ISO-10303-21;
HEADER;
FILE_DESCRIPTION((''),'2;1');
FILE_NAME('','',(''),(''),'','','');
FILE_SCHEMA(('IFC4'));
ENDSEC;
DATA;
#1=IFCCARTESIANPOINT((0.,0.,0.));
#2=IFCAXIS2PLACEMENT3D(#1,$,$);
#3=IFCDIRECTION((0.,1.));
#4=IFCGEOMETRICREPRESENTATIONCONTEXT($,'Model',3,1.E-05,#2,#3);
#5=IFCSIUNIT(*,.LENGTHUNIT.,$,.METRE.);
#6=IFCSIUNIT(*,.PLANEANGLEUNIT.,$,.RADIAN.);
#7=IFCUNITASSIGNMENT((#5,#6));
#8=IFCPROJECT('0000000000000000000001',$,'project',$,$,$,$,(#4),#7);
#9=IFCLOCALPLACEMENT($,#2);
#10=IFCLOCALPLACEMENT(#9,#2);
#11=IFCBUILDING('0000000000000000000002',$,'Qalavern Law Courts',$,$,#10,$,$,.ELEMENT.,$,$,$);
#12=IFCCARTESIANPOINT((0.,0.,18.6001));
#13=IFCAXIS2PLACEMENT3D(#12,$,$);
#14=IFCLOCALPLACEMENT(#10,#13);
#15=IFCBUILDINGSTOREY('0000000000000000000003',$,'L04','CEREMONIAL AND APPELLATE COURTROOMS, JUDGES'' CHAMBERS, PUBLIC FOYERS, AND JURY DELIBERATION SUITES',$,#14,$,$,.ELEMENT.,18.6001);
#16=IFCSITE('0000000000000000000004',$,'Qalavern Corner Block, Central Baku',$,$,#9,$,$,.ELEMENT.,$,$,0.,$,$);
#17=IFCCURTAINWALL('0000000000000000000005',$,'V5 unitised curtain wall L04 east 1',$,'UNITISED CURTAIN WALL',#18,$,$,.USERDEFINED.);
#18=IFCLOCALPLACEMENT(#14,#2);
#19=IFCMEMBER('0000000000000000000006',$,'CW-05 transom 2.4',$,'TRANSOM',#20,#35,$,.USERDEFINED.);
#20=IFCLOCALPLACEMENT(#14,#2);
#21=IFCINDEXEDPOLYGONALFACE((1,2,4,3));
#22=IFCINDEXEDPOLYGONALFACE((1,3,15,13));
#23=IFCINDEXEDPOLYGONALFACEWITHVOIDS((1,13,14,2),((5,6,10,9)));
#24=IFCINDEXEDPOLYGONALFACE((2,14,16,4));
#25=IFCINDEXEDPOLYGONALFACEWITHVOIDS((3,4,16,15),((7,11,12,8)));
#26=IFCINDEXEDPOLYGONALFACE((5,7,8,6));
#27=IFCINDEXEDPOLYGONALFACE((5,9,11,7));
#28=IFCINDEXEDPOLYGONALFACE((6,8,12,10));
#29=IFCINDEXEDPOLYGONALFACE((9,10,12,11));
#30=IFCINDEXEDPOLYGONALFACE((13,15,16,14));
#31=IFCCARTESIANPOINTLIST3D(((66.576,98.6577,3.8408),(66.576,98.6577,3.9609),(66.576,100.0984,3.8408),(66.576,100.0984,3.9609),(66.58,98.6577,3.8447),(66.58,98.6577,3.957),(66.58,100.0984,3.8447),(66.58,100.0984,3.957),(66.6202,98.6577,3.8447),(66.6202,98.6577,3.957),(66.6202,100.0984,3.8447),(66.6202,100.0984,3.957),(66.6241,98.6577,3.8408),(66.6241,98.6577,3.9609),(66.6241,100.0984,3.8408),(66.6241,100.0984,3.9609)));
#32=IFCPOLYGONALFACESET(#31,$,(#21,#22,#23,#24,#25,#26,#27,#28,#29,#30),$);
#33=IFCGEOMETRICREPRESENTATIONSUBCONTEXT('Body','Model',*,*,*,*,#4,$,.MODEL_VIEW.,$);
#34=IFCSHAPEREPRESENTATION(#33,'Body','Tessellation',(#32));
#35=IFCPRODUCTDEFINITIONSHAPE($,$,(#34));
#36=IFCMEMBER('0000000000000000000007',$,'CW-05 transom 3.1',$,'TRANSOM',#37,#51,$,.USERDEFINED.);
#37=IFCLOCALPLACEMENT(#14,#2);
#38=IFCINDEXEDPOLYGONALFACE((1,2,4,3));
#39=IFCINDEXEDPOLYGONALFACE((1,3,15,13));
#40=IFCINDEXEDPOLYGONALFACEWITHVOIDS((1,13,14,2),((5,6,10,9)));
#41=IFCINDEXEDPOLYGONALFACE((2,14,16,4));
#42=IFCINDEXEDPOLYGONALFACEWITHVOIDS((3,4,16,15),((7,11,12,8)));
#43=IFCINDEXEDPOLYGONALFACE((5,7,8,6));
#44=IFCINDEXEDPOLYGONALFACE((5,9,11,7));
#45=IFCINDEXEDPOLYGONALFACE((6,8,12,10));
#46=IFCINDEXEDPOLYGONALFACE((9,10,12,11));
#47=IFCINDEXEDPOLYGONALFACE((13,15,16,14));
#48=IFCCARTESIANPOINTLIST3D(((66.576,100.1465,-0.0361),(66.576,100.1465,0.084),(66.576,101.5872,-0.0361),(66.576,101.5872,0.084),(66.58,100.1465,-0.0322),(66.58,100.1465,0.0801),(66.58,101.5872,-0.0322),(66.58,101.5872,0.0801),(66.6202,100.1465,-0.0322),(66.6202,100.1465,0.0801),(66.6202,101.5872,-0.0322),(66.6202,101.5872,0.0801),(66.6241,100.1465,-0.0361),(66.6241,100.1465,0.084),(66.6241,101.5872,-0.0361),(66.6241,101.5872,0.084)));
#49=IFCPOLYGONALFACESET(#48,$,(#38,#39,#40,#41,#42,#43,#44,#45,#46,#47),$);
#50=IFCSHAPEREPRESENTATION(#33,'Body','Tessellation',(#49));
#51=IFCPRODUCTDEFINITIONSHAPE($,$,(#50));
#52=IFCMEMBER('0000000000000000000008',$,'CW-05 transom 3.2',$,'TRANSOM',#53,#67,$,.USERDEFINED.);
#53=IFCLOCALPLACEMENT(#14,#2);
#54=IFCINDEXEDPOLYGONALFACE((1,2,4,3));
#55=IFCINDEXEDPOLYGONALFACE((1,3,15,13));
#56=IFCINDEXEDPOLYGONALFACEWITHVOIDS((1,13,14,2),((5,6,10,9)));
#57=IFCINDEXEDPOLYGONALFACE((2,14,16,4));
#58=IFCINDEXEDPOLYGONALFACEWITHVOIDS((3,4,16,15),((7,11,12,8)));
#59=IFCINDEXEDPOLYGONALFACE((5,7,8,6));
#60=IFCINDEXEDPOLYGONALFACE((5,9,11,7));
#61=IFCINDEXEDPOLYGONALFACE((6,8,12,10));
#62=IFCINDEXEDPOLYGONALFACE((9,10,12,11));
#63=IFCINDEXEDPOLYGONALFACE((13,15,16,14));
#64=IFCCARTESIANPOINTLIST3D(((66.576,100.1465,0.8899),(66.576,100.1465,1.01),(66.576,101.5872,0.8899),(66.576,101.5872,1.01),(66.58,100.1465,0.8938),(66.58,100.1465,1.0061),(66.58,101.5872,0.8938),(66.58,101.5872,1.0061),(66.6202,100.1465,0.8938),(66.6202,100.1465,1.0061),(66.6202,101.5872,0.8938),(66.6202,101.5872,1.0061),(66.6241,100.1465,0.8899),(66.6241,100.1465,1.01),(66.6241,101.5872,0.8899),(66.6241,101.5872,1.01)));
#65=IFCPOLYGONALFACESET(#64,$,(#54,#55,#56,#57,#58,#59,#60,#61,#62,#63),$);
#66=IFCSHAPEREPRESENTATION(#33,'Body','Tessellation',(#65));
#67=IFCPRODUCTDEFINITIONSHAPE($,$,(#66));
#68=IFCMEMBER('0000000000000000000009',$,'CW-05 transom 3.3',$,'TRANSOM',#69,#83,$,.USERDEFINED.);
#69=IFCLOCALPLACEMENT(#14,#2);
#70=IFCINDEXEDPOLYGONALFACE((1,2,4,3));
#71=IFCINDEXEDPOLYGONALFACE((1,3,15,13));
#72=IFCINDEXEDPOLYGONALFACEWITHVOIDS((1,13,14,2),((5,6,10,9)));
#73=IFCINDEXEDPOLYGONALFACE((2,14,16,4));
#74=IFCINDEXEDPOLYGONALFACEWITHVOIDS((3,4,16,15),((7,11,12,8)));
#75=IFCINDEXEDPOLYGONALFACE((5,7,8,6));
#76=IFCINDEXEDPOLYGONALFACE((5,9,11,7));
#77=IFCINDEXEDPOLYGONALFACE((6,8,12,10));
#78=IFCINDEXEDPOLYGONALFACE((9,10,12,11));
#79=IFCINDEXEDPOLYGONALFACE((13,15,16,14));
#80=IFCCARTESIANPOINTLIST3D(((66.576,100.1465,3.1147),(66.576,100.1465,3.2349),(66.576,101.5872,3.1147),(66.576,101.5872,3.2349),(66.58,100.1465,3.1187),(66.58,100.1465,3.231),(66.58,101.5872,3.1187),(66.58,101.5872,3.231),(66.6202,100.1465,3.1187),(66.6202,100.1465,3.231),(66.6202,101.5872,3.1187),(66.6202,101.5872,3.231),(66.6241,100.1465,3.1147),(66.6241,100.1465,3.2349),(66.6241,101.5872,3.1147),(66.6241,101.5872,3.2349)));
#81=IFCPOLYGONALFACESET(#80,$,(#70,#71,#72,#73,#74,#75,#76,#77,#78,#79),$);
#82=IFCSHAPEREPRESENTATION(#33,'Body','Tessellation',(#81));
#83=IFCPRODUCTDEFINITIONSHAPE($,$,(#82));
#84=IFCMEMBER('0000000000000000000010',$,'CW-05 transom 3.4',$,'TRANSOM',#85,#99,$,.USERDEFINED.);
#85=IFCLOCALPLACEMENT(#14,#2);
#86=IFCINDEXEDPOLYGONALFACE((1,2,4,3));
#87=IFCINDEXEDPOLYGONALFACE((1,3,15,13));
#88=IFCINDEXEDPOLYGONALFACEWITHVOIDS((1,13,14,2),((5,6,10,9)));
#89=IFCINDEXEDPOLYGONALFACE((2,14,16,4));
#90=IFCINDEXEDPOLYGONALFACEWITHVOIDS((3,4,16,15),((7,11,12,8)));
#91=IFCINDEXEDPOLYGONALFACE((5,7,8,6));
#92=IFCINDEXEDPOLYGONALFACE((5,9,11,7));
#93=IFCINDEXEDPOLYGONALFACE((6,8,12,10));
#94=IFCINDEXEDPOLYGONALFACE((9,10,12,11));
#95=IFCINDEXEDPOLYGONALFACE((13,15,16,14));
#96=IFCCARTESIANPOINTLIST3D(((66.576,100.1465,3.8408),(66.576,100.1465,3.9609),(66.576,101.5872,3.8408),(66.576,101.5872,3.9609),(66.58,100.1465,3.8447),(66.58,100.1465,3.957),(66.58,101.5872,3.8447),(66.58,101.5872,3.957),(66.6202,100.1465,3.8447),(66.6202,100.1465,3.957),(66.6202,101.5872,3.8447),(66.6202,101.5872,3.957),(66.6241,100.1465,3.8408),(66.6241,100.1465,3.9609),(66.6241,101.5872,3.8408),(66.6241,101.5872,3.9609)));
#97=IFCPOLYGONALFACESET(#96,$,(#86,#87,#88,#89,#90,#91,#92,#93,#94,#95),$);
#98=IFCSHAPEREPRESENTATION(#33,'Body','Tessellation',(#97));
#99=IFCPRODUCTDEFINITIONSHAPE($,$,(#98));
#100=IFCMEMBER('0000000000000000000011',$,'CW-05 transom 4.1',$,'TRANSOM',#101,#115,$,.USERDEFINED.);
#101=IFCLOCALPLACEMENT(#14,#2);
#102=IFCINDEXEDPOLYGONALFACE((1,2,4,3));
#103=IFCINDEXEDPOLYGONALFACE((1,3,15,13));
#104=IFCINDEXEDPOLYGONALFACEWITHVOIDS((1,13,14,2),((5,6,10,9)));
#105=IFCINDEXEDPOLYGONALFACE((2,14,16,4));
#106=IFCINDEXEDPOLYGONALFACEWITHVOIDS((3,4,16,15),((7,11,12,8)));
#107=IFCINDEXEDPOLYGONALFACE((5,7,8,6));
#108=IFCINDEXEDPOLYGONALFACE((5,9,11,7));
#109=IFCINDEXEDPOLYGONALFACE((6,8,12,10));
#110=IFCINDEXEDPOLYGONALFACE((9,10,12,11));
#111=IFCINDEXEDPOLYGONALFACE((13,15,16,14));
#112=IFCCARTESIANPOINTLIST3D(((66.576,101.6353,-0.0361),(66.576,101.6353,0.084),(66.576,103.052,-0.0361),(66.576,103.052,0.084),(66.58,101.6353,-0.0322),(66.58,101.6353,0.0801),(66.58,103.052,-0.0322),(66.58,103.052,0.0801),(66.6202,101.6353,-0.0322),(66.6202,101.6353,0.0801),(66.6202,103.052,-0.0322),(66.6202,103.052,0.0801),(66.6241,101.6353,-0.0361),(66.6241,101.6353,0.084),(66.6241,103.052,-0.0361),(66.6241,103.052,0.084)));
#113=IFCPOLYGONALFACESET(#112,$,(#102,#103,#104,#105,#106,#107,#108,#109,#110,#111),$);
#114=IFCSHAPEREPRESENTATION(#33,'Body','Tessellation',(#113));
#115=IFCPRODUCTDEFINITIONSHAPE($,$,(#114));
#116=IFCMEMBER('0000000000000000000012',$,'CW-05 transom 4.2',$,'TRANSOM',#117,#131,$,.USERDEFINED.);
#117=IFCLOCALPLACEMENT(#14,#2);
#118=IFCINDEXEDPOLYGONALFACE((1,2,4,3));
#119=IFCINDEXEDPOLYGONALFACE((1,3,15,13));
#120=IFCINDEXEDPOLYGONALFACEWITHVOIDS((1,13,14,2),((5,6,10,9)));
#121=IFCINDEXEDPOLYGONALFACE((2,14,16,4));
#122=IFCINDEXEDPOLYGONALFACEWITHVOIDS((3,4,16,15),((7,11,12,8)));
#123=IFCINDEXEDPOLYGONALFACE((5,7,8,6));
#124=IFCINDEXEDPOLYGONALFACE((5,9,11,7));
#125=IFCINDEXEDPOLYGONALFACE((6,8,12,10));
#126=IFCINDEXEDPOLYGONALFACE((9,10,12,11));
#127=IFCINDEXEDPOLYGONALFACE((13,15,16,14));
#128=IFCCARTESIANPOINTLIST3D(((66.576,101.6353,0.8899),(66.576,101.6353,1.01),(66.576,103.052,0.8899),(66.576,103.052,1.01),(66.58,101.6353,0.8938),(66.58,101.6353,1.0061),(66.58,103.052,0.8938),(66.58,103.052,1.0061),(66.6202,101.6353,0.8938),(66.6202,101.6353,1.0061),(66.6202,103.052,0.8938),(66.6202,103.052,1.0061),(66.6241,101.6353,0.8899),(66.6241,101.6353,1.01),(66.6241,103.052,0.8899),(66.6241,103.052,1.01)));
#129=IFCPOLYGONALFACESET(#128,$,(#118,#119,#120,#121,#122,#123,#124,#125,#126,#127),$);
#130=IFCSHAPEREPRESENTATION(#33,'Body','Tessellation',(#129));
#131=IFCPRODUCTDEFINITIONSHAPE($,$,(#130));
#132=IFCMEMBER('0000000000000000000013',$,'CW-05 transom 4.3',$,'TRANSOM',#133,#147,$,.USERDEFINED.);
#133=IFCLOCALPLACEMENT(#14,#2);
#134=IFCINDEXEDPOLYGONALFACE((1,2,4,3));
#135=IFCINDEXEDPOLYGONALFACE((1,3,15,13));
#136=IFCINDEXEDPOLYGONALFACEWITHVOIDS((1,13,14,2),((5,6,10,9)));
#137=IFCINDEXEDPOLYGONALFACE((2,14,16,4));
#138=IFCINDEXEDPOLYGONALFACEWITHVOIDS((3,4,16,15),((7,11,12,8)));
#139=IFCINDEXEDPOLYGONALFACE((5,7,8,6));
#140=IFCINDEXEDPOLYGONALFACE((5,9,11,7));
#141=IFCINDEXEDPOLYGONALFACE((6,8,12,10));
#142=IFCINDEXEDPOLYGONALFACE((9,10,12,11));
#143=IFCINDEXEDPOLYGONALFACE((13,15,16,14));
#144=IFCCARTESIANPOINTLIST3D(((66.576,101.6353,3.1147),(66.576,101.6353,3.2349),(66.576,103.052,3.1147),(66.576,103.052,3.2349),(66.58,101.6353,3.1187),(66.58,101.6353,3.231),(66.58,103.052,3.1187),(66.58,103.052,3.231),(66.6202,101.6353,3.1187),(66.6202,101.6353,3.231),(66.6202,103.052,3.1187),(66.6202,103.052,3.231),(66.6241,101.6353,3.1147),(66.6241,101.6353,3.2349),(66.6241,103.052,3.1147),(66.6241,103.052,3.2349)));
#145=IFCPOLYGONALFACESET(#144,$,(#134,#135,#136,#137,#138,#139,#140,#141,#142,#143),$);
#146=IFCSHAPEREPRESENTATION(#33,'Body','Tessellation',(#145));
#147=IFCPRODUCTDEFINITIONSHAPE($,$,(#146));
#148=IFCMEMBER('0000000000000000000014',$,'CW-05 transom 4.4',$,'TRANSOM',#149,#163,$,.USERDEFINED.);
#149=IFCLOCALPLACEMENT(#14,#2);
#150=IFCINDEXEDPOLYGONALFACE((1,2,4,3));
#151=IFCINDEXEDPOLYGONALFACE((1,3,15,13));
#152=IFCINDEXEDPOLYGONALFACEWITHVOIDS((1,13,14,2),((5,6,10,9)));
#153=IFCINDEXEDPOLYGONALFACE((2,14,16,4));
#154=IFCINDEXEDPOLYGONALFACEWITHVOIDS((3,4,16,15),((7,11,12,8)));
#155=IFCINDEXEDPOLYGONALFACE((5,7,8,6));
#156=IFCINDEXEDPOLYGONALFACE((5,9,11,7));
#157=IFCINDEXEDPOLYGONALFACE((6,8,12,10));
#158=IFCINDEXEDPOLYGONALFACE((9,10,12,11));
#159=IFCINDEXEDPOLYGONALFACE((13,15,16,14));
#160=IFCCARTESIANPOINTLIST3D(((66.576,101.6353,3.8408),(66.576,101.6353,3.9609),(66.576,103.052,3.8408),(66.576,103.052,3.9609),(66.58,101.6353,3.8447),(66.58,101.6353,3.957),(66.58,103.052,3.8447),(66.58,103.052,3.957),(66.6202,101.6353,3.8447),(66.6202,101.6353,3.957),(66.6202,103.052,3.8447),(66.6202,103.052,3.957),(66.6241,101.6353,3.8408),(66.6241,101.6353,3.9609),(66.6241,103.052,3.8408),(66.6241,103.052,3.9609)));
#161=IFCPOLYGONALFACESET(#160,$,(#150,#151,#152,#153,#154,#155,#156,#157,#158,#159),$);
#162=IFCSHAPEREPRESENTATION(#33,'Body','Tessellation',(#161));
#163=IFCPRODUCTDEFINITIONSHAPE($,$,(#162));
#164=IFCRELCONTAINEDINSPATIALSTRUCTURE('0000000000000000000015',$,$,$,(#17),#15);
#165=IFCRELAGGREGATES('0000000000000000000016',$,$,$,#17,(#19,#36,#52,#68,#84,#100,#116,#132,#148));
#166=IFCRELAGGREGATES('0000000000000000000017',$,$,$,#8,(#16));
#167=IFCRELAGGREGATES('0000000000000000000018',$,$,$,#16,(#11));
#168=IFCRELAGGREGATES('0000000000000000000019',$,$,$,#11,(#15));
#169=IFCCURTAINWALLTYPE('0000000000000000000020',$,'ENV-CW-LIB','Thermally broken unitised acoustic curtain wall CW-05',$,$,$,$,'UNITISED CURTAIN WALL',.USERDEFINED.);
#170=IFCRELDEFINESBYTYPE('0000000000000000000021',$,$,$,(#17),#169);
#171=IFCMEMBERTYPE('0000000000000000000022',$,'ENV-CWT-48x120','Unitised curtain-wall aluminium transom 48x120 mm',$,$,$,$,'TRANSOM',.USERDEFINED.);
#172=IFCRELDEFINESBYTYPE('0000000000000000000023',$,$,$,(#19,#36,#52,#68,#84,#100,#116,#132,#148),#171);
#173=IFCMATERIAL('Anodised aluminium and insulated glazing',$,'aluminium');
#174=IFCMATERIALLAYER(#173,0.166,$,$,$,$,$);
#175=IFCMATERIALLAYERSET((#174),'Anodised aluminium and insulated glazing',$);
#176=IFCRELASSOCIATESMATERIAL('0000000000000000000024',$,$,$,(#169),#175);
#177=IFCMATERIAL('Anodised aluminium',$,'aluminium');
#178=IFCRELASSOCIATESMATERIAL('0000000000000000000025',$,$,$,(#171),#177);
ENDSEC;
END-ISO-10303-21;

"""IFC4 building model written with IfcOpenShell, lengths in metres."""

from ifc_helpers import new_model, si_unit, direction, frame, origin, origin_2d, place, context, subcontext, project, spatial, hollow_rectangle, extrude, material, layer, layer_set, material_profile, profile_set, type_object, element, aggregate, save


model = new_model("IFC4")

# Units and contexts
model_context = context("Model", 3, precision=1e-05, world=origin(), true_north=direction((0.0, 1.0)))
body_context = subcontext(model_context, "Body", "Model", "MODEL_VIEW")
ifc_project = project(units=[si_unit("LENGTHUNIT", "METRE"), si_unit("PLANEANGLEUNIT", "RADIAN")], contexts=[model_context])

# Site, building, storey
site_placement = place(None, origin())
site = spatial("IfcSite", under=ifc_project, at=site_placement, Name="Qalavern Corner Block, Central Baku", CompositionType="ELEMENT", RefElevation=0.0)
building_placement = place(site_placement, origin())
building = spatial("IfcBuilding", under=site, at=building_placement, Name="Qalavern Law Courts", CompositionType="ELEMENT")
storey_placement = place(building_placement, frame((0.0, 0.0, 18.6001)))
storey = spatial("IfcBuildingStorey", under=building, at=storey_placement, Name="L04", Description="CEREMONIAL AND APPELLATE COURTROOMS, JUDGES' CHAMBERS, PUBLIC FOYERS, AND JURY DELIBERATION SUITES", CompositionType="ELEMENT", Elevation=18.6001)

# Curtain wall, members
ifc_material_1 = material(Name="Anodised aluminium and insulated glazing", Category="aluminium")
ifc_layer_1 = layer(ifc_material_1, 0.166)
ifc_layer_set_1 = layer_set([ifc_layer_1], Name="Anodised aluminium and insulated glazing")
curtain_wall_type = type_object("IfcCurtainWallType", Name="ENV-CW-LIB", Description="Thermally broken unitised acoustic curtain wall CW-05", ElementType="UNITISED CURTAIN WALL", PredefinedType="USERDEFINED", material=ifc_layer_set_1)
curtain_wall_placement = place(storey_placement, origin())
curtain_wall = element("IfcCurtainWall", 1, at=curtain_wall_placement, inside=storey, type_object=curtain_wall_type, Name="V5 unitised curtain wall L04 east 1", ObjectType="UNITISED CURTAIN WALL", PredefinedType="USERDEFINED")
ifc_material_2 = material(Name="Anodised aluminium", Category="aluminium")
ifc_material_profile_1 = material_profile(ifc_material_2, hollow_rectangle(XDim=0.0481, YDim=0.1201, WallThickness=0.0039, at=origin_2d()), Name="ALU TRANSOM 48x120")
ifc_profile_set_1 = profile_set([ifc_material_profile_1], Name="Anodised aluminium")
member_type_1 = type_object("IfcMemberType", Name="ENV-CWT-48x120", Description="Unitised curtain-wall aluminium transom 48x120 mm", ElementType="TRANSOM", PredefinedType="USERDEFINED", material=ifc_profile_set_1)
member_1_placement = place(storey_placement, frame((66.6001, 98.6577, 3.9009), z_axis=(0.0, 1.0, 0.0), x_axis=(-1.0, 0.0, 0.0)))
member_1 = element("IfcMember", 2, at=member_1_placement, type_object=member_type_1, Name="CW-05 transom 2.4", ObjectType="TRANSOM", PredefinedType="USERDEFINED", context=body_context, shape_type="SweptSolid", body=[
    extrude(hollow_rectangle(XDim=0.0481, YDim=0.1201, WallThickness=0.0039, at=origin_2d()), origin(), (0.0, 0.0, 1.0), 1.4407),
])
member_2_placement = place(storey_placement, frame((66.6001, 100.1465, 0.0239), z_axis=(0.0, 1.0, 0.0), x_axis=(-1.0, 0.0, 0.0)))
member_2 = element("IfcMember", 3, at=member_2_placement, type_object=member_type_1, Name="CW-05 transom 3.1", ObjectType="TRANSOM", PredefinedType="USERDEFINED", context=body_context, shape_type="SweptSolid", body=[
    extrude(hollow_rectangle(XDim=0.0481, YDim=0.1201, WallThickness=0.0039, at=origin_2d()), origin(), (0.0, 0.0, 1.0), 1.4407),
])
member_3_placement = place(storey_placement, frame((66.6001, 100.1465, 0.95), z_axis=(0.0, 1.0, 0.0), x_axis=(-1.0, 0.0, 0.0)))
member_3 = element("IfcMember", 4, at=member_3_placement, type_object=member_type_1, Name="CW-05 transom 3.2", ObjectType="TRANSOM", PredefinedType="USERDEFINED", context=body_context, shape_type="SweptSolid", body=[
    extrude(hollow_rectangle(XDim=0.0481, YDim=0.1201, WallThickness=0.0039, at=origin_2d()), origin(), (0.0, 0.0, 1.0), 1.4407),
])
member_4_placement = place(storey_placement, frame((66.6001, 100.1465, 3.1748), z_axis=(0.0, 1.0, 0.0), x_axis=(-1.0, 0.0, 0.0)))
member_4 = element("IfcMember", 5, at=member_4_placement, type_object=member_type_1, Name="CW-05 transom 3.3", ObjectType="TRANSOM", PredefinedType="USERDEFINED", context=body_context, shape_type="SweptSolid", body=[
    extrude(hollow_rectangle(XDim=0.0481, YDim=0.1201, WallThickness=0.0039, at=origin_2d()), origin(), (0.0, 0.0, 1.0), 1.4407),
])
member_5_placement = place(storey_placement, frame((66.6001, 100.1465, 3.9009), z_axis=(0.0, 1.0, 0.0), x_axis=(-1.0, 0.0, 0.0)))
member_5 = element("IfcMember", 6, at=member_5_placement, type_object=member_type_1, Name="CW-05 transom 3.4", ObjectType="TRANSOM", PredefinedType="USERDEFINED", context=body_context, shape_type="SweptSolid", body=[
    extrude(hollow_rectangle(XDim=0.0481, YDim=0.1201, WallThickness=0.0039, at=origin_2d()), origin(), (0.0, 0.0, 1.0), 1.4407),
])
member_6_placement = place(storey_placement, frame((66.6001, 101.6353, 0.0239), z_axis=(0.0, 1.0, 0.0), x_axis=(-1.0, 0.0, 0.0)))
member_6 = element("IfcMember", 7, at=member_6_placement, type_object=member_type_1, Name="CW-05 transom 4.1", ObjectType="TRANSOM", PredefinedType="USERDEFINED", context=body_context, shape_type="SweptSolid", body=[
    extrude(hollow_rectangle(XDim=0.0481, YDim=0.1201, WallThickness=0.0039, at=origin_2d()), origin(), (0.0, 0.0, 1.0), 1.4167),
])
member_7_placement = place(storey_placement, frame((66.6001, 101.6353, 0.95), z_axis=(0.0, 1.0, 0.0), x_axis=(-1.0, 0.0, 0.0)))
member_7 = element("IfcMember", 8, at=member_7_placement, type_object=member_type_1, Name="CW-05 transom 4.2", ObjectType="TRANSOM", PredefinedType="USERDEFINED", context=body_context, shape_type="SweptSolid", body=[
    extrude(hollow_rectangle(XDim=0.0481, YDim=0.1201, WallThickness=0.0039, at=origin_2d()), origin(), (0.0, 0.0, 1.0), 1.4167),
])
member_8_placement = place(storey_placement, frame((66.6001, 101.6353, 3.1748), z_axis=(0.0, 1.0, 0.0), x_axis=(-1.0, 0.0, 0.0)))
member_8 = element("IfcMember", 9, at=member_8_placement, type_object=member_type_1, Name="CW-05 transom 4.3", ObjectType="TRANSOM", PredefinedType="USERDEFINED", context=body_context, shape_type="SweptSolid", body=[
    extrude(hollow_rectangle(XDim=0.0481, YDim=0.1201, WallThickness=0.0039, at=origin_2d()), origin(), (0.0, 0.0, 1.0), 1.4167),
])
member_9_placement = place(storey_placement, frame((66.6001, 101.6353, 3.9009), z_axis=(0.0, 1.0, 0.0), x_axis=(-1.0, 0.0, 0.0)))
member_9 = element("IfcMember", 10, at=member_9_placement, type_object=member_type_1, Name="CW-05 transom 4.4", ObjectType="TRANSOM", PredefinedType="USERDEFINED", context=body_context, shape_type="SweptSolid", body=[
    extrude(hollow_rectangle(XDim=0.0481, YDim=0.1201, WallThickness=0.0039, at=origin_2d()), origin(), (0.0, 0.0, 1.0), 1.4167),
])

aggregate(curtain_wall, [member_1, member_2, member_3, member_4, member_5, member_6, member_7, member_8, member_9])

save(model, "model.ifc")
